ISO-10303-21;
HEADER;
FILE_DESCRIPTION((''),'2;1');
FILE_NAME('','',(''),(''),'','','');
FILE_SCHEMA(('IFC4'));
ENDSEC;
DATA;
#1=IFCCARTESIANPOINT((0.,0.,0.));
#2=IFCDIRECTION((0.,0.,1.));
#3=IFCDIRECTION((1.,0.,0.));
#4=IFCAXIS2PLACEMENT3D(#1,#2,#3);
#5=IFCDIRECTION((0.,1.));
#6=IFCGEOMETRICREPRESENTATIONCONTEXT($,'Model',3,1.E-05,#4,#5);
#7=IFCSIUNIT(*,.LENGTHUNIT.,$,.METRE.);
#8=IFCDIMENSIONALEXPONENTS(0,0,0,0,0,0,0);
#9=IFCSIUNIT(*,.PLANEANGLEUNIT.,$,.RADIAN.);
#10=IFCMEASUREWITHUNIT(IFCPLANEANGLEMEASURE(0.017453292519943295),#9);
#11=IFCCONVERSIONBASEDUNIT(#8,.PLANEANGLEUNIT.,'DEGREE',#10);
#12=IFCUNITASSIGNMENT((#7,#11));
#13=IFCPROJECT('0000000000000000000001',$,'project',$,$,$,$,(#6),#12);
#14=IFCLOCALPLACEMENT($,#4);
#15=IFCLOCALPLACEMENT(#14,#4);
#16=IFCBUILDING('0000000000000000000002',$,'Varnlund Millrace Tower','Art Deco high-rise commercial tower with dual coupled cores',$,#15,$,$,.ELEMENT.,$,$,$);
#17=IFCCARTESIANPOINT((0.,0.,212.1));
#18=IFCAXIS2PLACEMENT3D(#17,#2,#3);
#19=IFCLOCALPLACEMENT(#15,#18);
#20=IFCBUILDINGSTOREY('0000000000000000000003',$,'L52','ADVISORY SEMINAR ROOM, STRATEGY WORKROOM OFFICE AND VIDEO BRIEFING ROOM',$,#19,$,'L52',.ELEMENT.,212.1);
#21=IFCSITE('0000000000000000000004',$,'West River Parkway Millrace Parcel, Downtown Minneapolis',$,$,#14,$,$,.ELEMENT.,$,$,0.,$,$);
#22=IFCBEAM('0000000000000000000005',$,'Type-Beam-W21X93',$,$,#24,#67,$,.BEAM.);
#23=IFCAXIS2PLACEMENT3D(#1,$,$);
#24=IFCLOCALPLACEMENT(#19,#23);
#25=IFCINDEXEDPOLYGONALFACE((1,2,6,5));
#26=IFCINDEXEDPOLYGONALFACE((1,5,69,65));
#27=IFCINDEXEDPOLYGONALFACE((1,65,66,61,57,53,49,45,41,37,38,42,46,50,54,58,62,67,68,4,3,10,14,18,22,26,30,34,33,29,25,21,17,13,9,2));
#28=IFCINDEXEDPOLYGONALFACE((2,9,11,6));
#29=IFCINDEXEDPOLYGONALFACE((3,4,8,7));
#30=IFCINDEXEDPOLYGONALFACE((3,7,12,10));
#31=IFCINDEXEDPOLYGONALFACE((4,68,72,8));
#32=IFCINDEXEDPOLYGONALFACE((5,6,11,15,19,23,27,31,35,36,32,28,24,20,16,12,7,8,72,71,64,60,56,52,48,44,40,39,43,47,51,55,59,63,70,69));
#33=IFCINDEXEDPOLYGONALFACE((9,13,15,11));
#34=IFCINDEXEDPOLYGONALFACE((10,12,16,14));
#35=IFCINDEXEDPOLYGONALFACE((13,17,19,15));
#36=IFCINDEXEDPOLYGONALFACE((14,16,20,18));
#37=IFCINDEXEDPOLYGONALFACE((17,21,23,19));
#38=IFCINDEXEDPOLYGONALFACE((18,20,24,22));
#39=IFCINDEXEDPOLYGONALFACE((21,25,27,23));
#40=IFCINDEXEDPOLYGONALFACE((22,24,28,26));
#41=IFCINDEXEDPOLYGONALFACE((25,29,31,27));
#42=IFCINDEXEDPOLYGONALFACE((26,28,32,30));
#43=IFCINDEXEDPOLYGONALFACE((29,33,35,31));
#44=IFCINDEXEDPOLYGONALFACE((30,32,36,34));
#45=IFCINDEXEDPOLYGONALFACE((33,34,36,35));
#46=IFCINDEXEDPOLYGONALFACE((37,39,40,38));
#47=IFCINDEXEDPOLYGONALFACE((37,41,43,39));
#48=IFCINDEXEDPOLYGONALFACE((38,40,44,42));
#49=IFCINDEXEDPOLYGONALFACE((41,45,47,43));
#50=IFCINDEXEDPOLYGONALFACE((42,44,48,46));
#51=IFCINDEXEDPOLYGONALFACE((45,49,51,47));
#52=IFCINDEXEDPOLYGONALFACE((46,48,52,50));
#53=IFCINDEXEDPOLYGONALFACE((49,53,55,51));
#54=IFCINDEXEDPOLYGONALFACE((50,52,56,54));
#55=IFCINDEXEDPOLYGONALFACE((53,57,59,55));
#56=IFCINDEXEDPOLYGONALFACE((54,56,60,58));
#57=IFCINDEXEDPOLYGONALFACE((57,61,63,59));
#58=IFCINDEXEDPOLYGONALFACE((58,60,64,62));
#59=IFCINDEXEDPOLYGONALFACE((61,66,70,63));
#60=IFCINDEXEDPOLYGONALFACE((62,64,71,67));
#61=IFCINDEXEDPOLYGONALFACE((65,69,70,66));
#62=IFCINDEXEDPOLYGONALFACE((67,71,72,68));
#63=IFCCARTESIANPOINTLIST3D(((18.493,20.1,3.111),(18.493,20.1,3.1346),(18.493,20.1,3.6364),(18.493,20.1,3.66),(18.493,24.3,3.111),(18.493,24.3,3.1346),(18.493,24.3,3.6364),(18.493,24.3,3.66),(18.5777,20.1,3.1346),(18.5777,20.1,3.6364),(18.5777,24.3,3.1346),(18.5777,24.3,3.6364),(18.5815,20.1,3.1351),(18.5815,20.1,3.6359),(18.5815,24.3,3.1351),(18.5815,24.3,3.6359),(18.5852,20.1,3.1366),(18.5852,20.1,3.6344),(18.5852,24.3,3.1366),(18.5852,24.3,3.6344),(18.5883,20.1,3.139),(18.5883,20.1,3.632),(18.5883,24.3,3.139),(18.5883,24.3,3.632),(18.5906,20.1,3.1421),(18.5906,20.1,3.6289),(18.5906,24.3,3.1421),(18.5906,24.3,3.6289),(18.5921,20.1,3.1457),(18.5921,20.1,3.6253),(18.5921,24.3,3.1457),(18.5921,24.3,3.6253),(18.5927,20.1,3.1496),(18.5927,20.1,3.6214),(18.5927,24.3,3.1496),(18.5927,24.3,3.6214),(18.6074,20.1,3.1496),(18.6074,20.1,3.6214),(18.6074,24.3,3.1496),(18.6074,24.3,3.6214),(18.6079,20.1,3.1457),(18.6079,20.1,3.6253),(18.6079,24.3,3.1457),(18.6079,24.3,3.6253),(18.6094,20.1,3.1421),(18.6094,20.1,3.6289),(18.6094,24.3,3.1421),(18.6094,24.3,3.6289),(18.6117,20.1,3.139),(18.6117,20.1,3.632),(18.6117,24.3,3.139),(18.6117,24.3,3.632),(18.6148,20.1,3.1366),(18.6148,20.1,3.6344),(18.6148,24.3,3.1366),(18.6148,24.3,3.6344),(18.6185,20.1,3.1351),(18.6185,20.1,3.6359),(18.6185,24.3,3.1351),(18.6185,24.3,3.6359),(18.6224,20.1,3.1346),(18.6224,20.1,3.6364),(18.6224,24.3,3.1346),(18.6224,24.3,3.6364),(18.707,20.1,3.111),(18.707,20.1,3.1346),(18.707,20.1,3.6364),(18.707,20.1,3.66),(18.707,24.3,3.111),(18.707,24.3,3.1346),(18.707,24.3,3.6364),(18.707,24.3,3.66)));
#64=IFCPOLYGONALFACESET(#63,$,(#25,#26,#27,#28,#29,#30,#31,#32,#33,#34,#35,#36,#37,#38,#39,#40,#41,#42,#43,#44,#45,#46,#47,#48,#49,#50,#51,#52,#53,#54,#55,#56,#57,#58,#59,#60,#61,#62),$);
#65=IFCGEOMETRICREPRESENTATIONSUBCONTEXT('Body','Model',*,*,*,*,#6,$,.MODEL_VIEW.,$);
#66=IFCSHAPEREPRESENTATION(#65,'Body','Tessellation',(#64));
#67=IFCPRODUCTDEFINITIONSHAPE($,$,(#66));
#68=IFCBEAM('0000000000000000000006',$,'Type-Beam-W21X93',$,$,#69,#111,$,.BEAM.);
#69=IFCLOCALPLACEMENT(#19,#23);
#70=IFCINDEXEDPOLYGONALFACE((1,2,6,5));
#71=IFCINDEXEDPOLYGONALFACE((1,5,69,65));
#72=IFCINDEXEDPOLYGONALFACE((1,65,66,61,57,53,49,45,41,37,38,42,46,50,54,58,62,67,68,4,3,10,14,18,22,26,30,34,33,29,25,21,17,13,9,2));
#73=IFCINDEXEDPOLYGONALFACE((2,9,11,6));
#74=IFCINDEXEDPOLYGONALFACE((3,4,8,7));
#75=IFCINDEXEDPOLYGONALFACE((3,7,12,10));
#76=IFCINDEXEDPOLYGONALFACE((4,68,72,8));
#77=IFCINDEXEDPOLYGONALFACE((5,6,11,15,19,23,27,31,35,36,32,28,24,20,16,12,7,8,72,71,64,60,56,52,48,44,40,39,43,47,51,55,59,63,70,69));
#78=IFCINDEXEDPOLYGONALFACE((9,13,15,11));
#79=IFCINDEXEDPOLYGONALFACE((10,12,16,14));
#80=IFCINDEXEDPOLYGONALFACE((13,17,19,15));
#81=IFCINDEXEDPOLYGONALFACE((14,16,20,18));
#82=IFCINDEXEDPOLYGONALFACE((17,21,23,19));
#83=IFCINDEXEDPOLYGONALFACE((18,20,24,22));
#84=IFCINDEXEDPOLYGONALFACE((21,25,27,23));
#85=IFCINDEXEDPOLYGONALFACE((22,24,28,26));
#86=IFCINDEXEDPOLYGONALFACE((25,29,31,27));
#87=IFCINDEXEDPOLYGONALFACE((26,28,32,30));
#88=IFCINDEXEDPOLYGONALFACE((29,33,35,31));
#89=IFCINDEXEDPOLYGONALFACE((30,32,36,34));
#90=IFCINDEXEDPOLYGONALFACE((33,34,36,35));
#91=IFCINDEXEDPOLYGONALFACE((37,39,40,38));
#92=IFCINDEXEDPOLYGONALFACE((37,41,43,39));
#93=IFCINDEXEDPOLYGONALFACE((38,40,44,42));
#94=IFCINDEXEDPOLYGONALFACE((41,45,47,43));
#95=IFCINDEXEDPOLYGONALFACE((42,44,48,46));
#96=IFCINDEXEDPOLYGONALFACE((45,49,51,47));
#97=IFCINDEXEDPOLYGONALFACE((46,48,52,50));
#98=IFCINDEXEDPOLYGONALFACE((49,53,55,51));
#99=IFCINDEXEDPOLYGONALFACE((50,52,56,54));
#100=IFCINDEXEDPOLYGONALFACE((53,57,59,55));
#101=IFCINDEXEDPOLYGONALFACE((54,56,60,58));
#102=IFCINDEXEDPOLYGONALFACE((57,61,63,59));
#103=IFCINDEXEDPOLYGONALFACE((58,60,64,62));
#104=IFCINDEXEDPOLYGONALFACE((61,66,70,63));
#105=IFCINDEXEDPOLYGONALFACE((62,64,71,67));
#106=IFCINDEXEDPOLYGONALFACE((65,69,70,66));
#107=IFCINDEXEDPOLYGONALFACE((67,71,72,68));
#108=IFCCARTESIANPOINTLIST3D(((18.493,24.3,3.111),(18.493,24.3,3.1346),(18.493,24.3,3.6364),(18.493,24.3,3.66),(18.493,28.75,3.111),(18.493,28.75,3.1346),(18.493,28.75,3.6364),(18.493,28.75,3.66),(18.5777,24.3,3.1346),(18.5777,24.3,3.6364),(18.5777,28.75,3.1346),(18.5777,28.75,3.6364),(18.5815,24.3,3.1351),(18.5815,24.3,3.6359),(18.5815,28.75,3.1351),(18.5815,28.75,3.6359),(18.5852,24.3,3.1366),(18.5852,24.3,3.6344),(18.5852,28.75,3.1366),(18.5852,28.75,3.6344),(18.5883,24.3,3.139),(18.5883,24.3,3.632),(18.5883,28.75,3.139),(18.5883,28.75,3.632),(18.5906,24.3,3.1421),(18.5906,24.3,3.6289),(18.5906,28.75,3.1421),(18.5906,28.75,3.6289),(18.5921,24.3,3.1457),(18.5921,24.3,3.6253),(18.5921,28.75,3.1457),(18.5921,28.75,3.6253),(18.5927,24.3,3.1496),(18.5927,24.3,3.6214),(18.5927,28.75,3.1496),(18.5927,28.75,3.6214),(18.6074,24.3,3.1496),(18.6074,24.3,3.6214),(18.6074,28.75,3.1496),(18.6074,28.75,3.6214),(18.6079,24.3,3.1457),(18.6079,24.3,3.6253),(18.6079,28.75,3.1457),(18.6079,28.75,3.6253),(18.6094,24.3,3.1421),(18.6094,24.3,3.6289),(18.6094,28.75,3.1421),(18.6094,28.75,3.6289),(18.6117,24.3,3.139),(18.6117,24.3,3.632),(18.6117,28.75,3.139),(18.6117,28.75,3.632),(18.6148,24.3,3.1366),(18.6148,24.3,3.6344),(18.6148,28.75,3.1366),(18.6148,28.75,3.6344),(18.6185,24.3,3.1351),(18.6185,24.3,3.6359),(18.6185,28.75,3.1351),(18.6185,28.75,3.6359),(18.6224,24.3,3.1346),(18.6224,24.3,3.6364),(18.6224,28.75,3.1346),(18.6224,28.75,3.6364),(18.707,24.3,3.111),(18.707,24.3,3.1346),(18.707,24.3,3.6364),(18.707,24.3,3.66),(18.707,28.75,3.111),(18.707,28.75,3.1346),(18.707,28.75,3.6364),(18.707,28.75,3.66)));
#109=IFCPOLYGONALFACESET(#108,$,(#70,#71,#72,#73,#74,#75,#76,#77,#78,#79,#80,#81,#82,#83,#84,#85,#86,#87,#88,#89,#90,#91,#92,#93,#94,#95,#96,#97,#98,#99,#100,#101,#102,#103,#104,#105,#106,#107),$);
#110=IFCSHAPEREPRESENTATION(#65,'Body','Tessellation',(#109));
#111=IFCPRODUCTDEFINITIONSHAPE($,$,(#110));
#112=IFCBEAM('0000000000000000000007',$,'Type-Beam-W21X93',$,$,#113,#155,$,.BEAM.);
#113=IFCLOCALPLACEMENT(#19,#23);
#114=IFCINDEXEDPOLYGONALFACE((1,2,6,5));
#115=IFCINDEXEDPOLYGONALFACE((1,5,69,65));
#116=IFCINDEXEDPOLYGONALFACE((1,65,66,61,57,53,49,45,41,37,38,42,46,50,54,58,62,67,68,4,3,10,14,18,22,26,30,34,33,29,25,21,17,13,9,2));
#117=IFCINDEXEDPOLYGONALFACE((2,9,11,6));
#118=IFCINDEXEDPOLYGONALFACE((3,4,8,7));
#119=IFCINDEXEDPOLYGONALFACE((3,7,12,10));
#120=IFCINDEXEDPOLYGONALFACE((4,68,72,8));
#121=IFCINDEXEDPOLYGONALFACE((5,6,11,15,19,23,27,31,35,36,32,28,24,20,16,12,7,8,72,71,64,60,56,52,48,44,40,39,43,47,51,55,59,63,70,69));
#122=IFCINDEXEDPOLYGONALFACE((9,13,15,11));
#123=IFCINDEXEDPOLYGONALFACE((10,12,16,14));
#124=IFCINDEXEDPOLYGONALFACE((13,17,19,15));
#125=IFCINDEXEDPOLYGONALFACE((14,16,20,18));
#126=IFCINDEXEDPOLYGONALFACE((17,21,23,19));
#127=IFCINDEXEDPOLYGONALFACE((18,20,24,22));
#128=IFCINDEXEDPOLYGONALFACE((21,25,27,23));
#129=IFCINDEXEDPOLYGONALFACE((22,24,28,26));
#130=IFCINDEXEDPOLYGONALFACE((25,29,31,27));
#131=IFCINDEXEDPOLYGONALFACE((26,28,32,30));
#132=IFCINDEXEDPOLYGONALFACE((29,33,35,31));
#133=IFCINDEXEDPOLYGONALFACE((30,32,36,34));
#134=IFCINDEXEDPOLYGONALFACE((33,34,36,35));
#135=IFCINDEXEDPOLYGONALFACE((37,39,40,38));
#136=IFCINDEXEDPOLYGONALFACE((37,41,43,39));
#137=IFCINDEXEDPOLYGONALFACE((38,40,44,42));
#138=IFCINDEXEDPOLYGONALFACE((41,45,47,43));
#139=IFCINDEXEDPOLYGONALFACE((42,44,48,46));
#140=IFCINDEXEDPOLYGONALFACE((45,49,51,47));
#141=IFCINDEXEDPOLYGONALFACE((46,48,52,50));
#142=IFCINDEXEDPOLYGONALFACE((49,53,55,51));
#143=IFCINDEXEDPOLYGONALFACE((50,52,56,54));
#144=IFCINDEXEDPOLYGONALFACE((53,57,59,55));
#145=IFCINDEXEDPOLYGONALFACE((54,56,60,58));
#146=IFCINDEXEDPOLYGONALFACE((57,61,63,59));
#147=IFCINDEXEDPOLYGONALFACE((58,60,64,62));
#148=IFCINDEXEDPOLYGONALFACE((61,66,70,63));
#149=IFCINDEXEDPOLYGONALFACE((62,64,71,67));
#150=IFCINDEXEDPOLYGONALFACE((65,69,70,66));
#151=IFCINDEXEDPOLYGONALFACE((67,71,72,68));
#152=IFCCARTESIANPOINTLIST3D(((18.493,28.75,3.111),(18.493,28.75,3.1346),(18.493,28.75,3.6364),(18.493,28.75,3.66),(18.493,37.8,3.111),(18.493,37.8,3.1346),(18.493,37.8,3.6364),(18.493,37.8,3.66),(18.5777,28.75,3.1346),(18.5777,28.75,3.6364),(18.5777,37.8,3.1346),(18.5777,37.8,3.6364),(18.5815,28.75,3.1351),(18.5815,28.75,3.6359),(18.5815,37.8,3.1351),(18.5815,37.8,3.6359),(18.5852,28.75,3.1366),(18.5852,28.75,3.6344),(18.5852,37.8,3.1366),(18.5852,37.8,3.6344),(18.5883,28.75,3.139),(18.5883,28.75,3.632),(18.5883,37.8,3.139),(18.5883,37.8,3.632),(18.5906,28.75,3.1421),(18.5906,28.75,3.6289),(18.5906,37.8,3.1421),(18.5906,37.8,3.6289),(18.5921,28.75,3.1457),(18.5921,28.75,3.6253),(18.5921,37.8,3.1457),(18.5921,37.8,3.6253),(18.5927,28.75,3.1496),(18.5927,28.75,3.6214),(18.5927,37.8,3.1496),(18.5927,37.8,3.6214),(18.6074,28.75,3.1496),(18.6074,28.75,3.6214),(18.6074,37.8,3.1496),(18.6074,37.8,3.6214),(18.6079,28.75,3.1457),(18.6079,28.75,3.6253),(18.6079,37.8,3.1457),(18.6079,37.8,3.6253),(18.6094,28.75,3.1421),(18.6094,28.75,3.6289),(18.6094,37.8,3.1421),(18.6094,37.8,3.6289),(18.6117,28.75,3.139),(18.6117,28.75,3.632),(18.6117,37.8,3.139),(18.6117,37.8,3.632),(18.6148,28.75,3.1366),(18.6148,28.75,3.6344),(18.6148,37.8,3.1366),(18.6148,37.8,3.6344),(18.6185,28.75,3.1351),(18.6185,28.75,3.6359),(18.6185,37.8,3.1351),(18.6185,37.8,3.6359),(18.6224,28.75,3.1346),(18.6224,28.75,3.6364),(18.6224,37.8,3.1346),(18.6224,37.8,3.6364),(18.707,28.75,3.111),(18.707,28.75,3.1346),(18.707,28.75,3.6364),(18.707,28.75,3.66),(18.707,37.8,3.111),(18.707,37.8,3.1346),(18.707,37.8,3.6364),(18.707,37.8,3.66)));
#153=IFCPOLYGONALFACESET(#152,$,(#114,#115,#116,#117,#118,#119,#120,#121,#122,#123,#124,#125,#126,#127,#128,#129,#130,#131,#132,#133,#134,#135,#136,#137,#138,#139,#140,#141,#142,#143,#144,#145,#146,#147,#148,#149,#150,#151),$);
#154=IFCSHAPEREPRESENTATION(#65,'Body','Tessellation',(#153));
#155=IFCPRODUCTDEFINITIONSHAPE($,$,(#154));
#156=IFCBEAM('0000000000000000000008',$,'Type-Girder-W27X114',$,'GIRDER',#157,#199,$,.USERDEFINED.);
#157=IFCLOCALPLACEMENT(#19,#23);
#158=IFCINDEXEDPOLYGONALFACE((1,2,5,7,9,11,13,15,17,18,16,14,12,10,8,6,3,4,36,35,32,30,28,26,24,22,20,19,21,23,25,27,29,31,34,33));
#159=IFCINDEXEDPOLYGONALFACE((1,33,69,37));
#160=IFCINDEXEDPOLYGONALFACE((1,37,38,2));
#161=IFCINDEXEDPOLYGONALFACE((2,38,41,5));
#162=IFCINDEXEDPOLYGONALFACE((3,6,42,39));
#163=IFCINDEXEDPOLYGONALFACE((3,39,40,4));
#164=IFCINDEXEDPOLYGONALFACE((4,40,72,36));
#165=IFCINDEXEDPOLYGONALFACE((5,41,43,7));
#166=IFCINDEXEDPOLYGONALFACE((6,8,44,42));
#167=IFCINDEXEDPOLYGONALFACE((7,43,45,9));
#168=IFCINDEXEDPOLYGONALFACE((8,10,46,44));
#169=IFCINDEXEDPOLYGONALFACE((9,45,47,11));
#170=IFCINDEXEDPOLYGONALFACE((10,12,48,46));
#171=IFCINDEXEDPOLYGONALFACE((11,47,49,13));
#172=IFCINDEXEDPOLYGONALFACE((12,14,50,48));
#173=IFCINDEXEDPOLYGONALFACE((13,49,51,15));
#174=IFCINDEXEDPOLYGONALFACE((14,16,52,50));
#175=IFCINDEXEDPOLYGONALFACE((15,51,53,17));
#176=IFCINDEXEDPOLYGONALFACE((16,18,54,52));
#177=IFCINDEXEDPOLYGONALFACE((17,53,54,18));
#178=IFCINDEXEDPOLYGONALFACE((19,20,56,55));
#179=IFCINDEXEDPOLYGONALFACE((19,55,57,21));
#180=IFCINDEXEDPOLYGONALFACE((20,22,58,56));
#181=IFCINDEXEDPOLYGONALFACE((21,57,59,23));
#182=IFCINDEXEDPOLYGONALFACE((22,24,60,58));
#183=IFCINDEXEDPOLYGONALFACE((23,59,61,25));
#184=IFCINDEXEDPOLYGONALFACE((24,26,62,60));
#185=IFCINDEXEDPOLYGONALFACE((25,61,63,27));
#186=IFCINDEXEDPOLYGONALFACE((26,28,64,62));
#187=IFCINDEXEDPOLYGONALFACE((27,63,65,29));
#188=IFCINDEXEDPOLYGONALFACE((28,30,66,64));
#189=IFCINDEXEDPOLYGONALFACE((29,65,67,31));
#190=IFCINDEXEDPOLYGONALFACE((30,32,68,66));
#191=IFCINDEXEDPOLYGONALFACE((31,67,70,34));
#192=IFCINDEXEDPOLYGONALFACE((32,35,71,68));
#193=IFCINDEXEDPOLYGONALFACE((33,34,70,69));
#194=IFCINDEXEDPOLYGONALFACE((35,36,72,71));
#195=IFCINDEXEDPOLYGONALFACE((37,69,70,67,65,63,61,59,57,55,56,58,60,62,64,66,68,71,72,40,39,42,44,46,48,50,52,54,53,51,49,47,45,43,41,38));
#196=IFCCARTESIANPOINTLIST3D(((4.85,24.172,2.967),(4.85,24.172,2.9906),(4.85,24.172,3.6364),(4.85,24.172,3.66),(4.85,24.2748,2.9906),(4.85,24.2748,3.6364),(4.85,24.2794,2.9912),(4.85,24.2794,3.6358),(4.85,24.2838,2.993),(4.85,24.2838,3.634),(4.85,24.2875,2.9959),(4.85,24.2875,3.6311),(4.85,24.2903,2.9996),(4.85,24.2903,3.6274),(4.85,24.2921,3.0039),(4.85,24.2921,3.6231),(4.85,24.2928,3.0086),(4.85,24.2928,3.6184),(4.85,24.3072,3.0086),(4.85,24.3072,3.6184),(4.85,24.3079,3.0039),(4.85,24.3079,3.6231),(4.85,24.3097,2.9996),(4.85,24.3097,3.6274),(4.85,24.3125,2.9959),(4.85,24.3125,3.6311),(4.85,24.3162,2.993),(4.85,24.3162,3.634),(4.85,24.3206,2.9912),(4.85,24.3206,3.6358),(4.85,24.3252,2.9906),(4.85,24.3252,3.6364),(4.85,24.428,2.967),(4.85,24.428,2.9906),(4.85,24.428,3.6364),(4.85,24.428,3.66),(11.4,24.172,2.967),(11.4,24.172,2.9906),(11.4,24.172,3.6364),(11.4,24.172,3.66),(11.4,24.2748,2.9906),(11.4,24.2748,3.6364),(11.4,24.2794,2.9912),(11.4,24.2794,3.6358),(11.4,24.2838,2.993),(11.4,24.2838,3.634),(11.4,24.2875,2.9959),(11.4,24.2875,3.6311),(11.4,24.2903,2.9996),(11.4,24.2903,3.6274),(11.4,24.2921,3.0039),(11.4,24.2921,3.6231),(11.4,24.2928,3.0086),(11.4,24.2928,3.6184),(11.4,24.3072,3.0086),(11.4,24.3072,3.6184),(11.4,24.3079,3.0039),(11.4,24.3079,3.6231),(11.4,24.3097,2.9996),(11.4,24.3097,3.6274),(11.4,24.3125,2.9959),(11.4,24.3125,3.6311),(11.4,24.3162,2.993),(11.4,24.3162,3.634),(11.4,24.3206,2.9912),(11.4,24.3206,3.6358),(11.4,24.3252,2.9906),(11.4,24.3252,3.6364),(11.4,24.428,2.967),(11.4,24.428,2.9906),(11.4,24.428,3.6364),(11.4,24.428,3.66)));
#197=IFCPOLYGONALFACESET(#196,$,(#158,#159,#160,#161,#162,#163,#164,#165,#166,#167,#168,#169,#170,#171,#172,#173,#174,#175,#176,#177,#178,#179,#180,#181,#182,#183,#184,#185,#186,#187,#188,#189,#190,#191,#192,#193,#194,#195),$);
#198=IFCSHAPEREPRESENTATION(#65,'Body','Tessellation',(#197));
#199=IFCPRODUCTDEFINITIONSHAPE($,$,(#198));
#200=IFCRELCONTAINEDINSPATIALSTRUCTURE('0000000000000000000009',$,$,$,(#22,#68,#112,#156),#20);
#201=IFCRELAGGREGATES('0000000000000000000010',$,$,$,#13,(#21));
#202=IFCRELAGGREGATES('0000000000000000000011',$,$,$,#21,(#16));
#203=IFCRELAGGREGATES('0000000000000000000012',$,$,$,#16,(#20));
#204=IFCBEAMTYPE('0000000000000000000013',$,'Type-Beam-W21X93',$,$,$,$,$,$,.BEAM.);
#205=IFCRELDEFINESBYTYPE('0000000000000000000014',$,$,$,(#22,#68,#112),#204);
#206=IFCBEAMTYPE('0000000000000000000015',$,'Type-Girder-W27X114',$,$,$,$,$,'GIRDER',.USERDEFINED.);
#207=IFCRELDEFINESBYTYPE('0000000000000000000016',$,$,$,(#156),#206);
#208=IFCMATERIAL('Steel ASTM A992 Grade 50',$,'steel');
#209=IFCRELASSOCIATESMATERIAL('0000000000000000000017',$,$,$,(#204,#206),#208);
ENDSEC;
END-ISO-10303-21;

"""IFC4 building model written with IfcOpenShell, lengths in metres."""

from ifc_helpers import new_model, entity, si_unit, converted_unit, direction, frame, origin_with_axes, origin_2d_with_axis, place, context, subcontext, project, spatial, i_section, extrude, material, material_profile, profile_set, type_object, element, save


model = new_model("IFC4")

# Units and contexts
model_context = context("Model", 3, precision=1e-05, world=origin_with_axes(), true_north=direction((0.0, 1.0)))
body_context = subcontext(model_context, "Body", "Model", "MODEL_VIEW")
ifc_project = project(units=[si_unit("LENGTHUNIT", "METRE"), converted_unit("PLANEANGLEUNIT", "DEGREE", entity("IfcPlaneAngleMeasure", 0.017453292519943295), si_unit("PLANEANGLEUNIT", "RADIAN"), dimensions=[0, 0, 0, 0, 0, 0, 0])], contexts=[model_context])

# Site, building, storey
site_placement = place(None, origin_with_axes())
site = spatial("IfcSite", under=ifc_project, at=site_placement, Name="West River Parkway Millrace Parcel, Downtown Minneapolis", CompositionType="ELEMENT", RefElevation=0.0)
building_placement = place(site_placement, origin_with_axes())
building = spatial("IfcBuilding", under=site, at=building_placement, Name="Varnlund Millrace Tower", Description="Art Deco high-rise commercial tower with dual coupled cores", CompositionType="ELEMENT")
storey_placement = place(building_placement, frame((0.0, 0.0, 212.1), z_axis=(0.0, 0.0, 1.0), x_axis=(1.0, 0.0, 0.0)))
storey = spatial("IfcBuildingStorey", under=building, at=storey_placement, Name="L52", Description="ADVISORY SEMINAR ROOM, STRATEGY WORKROOM OFFICE AND VIDEO BRIEFING ROOM", LongName="L52", CompositionType="ELEMENT", Elevation=212.1)

# Beams
ifc_material_1 = material(Name="Steel ASTM A992 Grade 50", Category="steel")
ifc_material_profile_1 = material_profile(ifc_material_1, i_section(OverallWidth=0.214, OverallDepth=0.549, WebThickness=0.0147, FlangeThickness=0.0236, FilletRadius=0.015, at=origin_2d_with_axis()), Name="Steel ASTM A992 Grade 50")
ifc_profile_set_1 = profile_set([ifc_material_profile_1], Name="Steel ASTM A992 Grade 50")
beam_type_1 = type_object("IfcBeamType", Name="Type-Beam-W21X93", PredefinedType="BEAM", material=ifc_profile_set_1)
beam_1_placement = place(storey_placement, frame((18.6, 20.1, 3.3855), z_axis=(0.0, 1.0, 0.0), x_axis=(-1.0, 0.0, 0.0)))
element("IfcBeam", 1, at=beam_1_placement, inside=storey, type_object=beam_type_1, Name="Type-Beam-W21X93", PredefinedType="BEAM", context=body_context, shape_type="SweptSolid", body=[
    extrude(i_section(OverallWidth=0.214, OverallDepth=0.549, WebThickness=0.0147, FlangeThickness=0.0236, FilletRadius=0.015, at=origin_2d_with_axis()), origin_with_axes(), (0.0, 0.0, 1.0), 4.2),
])
beam_2_placement = place(storey_placement, frame((18.6, 24.3, 3.3855), z_axis=(0.0, 1.0, 0.0), x_axis=(-1.0, 0.0, 0.0)))
element("IfcBeam", 2, at=beam_2_placement, inside=storey, type_object=beam_type_1, Name="Type-Beam-W21X93", PredefinedType="BEAM", context=body_context, shape_type="SweptSolid", body=[
    extrude(i_section(OverallWidth=0.214, OverallDepth=0.549, WebThickness=0.0147, FlangeThickness=0.0236, FilletRadius=0.015, at=origin_2d_with_axis()), origin_with_axes(), (0.0, 0.0, 1.0), 4.45),
])
beam_3_placement = place(storey_placement, frame((18.6, 28.75, 3.3855), z_axis=(0.0, 1.0, 0.0), x_axis=(-1.0, 0.0, 0.0)))
element("IfcBeam", 3, at=beam_3_placement, inside=storey, type_object=beam_type_1, Name="Type-Beam-W21X93", PredefinedType="BEAM", context=body_context, shape_type="SweptSolid", body=[
    extrude(i_section(OverallWidth=0.214, OverallDepth=0.549, WebThickness=0.0147, FlangeThickness=0.0236, FilletRadius=0.015, at=origin_2d_with_axis()), origin_with_axes(), (0.0, 0.0, 1.0), 9.05),
])
ifc_material_profile_2 = material_profile(ifc_material_1, i_section(OverallWidth=0.256, OverallDepth=0.693, WebThickness=0.0145, FlangeThickness=0.0236, FilletRadius=0.018, at=origin_2d_with_axis()), Name="Steel ASTM A992 Grade 50")
ifc_profile_set_2 = profile_set([ifc_material_profile_2], Name="Steel ASTM A992 Grade 50")
beam_type_2 = type_object("IfcBeamType", Name="Type-Girder-W27X114", ElementType="GIRDER", PredefinedType="USERDEFINED", material=ifc_profile_set_2)
beam_4_placement = place(storey_placement, frame((4.85, 24.3, 3.3135), z_axis=(1.0, 0.0, 0.0), x_axis=(0.0, 1.0, 0.0)))
element("IfcBeam", 4, at=beam_4_placement, inside=storey, type_object=beam_type_2, Name="Type-Girder-W27X114", ObjectType="GIRDER", PredefinedType="USERDEFINED", context=body_context, shape_type="SweptSolid", body=[
    extrude(i_section(OverallWidth=0.256, OverallDepth=0.693, WebThickness=0.0145, FlangeThickness=0.0236, FilletRadius=0.018, at=origin_2d_with_axis()), origin_with_axes(), (0.0, 0.0, 1.0), 6.55),
])

save(model, "model.ifc")
